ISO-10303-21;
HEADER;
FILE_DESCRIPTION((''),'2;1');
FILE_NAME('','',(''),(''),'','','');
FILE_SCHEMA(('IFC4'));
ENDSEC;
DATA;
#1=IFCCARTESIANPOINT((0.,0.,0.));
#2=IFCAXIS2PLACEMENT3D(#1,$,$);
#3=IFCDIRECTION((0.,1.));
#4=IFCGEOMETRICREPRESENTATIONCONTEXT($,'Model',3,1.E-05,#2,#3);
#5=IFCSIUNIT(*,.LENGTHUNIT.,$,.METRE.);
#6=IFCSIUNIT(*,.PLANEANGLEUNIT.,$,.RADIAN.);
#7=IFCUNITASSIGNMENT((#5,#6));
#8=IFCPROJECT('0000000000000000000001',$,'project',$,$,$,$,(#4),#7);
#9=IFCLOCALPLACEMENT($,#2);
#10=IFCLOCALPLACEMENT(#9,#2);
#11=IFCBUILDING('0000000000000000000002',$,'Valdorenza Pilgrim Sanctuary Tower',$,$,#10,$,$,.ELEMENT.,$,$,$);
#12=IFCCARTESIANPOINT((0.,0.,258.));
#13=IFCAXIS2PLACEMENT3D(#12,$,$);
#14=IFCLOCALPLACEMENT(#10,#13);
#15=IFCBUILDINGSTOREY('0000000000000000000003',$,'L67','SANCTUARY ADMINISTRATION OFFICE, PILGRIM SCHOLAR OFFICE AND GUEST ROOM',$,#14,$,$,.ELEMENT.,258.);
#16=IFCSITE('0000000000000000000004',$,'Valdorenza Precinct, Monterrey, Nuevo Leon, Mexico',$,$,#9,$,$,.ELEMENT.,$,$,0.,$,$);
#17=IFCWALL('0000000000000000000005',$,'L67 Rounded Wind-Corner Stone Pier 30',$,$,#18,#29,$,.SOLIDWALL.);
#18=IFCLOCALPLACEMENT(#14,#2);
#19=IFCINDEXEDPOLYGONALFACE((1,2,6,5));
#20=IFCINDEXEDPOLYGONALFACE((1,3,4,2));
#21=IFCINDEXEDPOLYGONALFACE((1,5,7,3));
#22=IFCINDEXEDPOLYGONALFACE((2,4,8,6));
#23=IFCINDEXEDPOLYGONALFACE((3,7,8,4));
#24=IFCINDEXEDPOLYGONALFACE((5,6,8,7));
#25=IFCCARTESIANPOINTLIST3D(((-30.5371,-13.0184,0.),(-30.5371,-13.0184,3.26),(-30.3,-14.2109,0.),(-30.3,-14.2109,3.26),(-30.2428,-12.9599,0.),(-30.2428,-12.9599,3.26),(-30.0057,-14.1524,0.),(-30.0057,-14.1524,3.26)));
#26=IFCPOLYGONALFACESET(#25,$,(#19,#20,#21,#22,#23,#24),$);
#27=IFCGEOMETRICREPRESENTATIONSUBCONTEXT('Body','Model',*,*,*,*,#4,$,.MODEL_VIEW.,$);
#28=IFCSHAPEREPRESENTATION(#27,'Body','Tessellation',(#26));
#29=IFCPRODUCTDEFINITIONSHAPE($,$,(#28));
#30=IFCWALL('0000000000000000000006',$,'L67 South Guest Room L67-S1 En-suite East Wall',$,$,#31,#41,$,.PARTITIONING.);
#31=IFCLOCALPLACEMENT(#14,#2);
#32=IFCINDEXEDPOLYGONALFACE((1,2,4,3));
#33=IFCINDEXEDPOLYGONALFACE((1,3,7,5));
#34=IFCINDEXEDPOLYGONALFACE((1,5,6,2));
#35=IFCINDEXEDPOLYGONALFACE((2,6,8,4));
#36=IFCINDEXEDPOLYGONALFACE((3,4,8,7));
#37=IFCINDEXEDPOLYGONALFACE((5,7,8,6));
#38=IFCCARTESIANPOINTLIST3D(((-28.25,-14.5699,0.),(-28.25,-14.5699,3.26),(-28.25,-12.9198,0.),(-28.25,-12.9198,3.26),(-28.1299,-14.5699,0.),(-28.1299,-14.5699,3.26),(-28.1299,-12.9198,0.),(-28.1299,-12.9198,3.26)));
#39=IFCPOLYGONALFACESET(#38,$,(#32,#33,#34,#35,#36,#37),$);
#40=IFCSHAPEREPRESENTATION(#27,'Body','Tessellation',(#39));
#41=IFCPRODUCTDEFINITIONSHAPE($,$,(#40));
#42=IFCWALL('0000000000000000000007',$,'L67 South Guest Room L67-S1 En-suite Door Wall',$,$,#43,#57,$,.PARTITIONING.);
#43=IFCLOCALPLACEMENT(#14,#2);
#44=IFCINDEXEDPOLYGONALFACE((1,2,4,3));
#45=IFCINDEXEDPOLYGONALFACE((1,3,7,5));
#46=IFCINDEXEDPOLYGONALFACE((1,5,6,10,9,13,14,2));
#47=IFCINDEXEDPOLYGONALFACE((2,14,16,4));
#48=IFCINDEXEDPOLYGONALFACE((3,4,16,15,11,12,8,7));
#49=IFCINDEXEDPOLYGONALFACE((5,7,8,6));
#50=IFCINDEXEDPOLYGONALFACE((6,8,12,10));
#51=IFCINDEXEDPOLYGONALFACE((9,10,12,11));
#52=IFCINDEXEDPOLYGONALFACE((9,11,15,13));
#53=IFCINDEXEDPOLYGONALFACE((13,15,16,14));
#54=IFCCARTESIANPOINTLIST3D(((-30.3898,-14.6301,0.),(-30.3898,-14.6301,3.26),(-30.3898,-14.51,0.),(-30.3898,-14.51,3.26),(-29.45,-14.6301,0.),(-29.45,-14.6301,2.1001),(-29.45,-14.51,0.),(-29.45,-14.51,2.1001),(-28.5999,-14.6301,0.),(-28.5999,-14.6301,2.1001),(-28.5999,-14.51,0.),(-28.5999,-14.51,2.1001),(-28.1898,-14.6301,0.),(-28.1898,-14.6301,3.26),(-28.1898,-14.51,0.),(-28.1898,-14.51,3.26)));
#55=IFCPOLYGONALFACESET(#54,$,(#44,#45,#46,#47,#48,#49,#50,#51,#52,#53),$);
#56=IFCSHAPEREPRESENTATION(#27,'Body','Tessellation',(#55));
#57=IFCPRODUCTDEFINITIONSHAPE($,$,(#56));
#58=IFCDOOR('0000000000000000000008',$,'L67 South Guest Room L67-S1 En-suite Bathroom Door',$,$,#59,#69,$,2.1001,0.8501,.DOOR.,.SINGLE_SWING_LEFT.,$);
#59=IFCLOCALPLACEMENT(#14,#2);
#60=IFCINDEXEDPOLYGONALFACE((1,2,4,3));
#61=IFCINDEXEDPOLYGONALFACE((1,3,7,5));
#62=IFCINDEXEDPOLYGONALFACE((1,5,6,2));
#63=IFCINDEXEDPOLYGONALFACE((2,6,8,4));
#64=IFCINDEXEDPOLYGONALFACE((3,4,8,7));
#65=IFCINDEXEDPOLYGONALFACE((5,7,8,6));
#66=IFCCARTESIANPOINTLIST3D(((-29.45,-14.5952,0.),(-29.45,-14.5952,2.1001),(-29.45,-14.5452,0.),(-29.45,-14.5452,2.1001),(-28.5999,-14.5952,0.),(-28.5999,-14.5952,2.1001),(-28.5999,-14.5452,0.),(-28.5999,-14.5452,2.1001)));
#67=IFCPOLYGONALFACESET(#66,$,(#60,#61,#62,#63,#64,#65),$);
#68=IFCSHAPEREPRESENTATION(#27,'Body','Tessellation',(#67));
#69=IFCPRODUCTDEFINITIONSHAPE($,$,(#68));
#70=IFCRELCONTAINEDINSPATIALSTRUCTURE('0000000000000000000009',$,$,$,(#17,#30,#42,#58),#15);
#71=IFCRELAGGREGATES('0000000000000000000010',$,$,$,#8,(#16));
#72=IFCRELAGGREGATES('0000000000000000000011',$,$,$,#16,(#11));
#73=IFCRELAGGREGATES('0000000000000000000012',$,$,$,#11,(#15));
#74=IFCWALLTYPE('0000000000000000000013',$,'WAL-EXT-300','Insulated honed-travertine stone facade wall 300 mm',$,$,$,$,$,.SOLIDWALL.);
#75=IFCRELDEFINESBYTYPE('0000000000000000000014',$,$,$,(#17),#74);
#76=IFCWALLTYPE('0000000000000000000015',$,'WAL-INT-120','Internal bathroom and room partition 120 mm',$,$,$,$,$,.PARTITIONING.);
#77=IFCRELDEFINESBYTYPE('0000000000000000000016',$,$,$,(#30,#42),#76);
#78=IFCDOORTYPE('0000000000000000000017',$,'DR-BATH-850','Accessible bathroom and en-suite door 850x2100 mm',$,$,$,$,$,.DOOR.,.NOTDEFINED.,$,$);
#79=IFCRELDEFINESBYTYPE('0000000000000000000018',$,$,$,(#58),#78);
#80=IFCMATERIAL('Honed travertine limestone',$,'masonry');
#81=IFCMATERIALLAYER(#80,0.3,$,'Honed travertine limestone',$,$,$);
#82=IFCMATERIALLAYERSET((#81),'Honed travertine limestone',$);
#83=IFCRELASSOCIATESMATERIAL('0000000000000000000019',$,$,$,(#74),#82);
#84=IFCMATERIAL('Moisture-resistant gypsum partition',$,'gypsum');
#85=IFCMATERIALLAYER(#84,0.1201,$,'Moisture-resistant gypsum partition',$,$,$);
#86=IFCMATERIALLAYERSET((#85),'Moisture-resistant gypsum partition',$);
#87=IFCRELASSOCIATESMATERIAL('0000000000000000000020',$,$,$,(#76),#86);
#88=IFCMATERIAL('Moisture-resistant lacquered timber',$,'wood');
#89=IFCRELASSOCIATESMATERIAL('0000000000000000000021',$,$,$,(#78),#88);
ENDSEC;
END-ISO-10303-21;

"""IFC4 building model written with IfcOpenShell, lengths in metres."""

from ifc_helpers import new_model, si_unit, direction, frame, frame_2d, origin, place, context, subcontext, project, spatial, rectangle, extrude, material, layer, layer_set, type_object, element, fill, save


model = new_model("IFC4")

# Units and contexts
model_context = context("Model", 3, precision=1e-05, world=origin(), true_north=direction((0.0, 1.0)))
body_context = subcontext(model_context, "Body", "Model", "MODEL_VIEW")
ifc_project = project(units=[si_unit("LENGTHUNIT", "METRE"), si_unit("PLANEANGLEUNIT", "RADIAN")], contexts=[model_context])

# Site, building, storey
site_placement = place(None, origin())
site = spatial("IfcSite", under=ifc_project, at=site_placement, Name="Valdorenza Precinct, Monterrey, Nuevo Leon, Mexico", CompositionType="ELEMENT", RefElevation=0.0)
building_placement = place(site_placement, origin())
building = spatial("IfcBuilding", under=site, at=building_placement, Name="Valdorenza Pilgrim Sanctuary Tower", CompositionType="ELEMENT")
storey_placement = place(building_placement, frame((0.0, 0.0, 258.0)))
storey = spatial("IfcBuildingStorey", under=building, at=storey_placement, Name="L67", Description="SANCTUARY ADMINISTRATION OFFICE, PILGRIM SCHOLAR OFFICE AND GUEST ROOM", CompositionType="ELEMENT", Elevation=258.0)

# Shared definitions
ifc_material_1 = material(Name="Honed travertine limestone", Category="masonry")

# Walls
ifc_layer_1 = layer(ifc_material_1, 0.3, Name="Honed travertine limestone")
ifc_layer_set_1 = layer_set([ifc_layer_1], Name="Honed travertine limestone")
wall_type_1 = type_object("IfcWallType", Name="WAL-EXT-300", Description="Insulated honed-travertine stone facade wall 300 mm", PredefinedType="SOLIDWALL", material=ifc_layer_set_1)
wall_1_placement = place(storey_placement, frame((-30.1528, -14.1816, 0.0), z_axis=(0.0, 0.0, 1.0), x_axis=(-0.194996, 0.980804, 0.0)))
element("IfcWall", 1, at=wall_1_placement, inside=storey, type_object=wall_type_1, Name="L67 Rounded Wind-Corner Stone Pier 30", PredefinedType="SOLIDWALL", context=body_context, shape_type="SweptSolid", body=[
    extrude(rectangle(XDim=1.2158, YDim=0.3, at=frame_2d((0.6079, 0.0))), origin(), (0.0, 0.0, 1.0), 3.26),
])
ifc_material_2 = material(Name="Moisture-resistant gypsum partition", Category="gypsum")
ifc_layer_2 = layer(ifc_material_2, 0.1201, Name="Moisture-resistant gypsum partition")
ifc_layer_set_2 = layer_set([ifc_layer_2], Name="Moisture-resistant gypsum partition")
wall_type_2 = type_object("IfcWallType", Name="WAL-INT-120", Description="Internal bathroom and room partition 120 mm", PredefinedType="PARTITIONING", material=ifc_layer_set_2)
wall_2_placement = place(storey_placement, frame((-28.1899, -14.5701, 0.0), z_axis=(0.0, 0.0, 1.0), x_axis=(0.0, 1.0, 0.0)))
element("IfcWall", 2, at=wall_2_placement, inside=storey, type_object=wall_type_2, Name="L67 South Guest Room L67-S1 En-suite East Wall", PredefinedType="PARTITIONING", context=body_context, shape_type="SweptSolid", body=[
    extrude(rectangle(XDim=1.6501, YDim=0.1201, at=frame_2d((0.8252, 0.0))), origin(), (0.0, 0.0, 1.0), 3.26),
])

# Wall, opening, door
wall_3_placement = place(storey_placement, frame((-30.3899, -14.5701, 0.0), z_axis=(0.0, 0.0, 1.0), x_axis=(1.0, 0.0, 0.0)))
wall_3 = element("IfcWall", 3, at=wall_3_placement, inside=storey, type_object=wall_type_2, Name="L67 South Guest Room L67-S1 En-suite Door Wall", PredefinedType="PARTITIONING", context=body_context, shape_type="SweptSolid", body=[
    extrude(rectangle(XDim=2.2, YDim=0.1201, at=frame_2d((1.1001, 0.0))), origin(), (0.0, 0.0, 1.0), 3.26),
])
opening_1_placement = place(wall_3_placement, frame((0.9399, 0.0, 0.0)))
opening_1 = element("IfcOpeningElement", 4, at=opening_1_placement, cuts=wall_3, PredefinedType="OPENING", context=body_context, shape_type="SweptSolid", body=[
    extrude(rectangle(XDim=0.8501, YDim=2.1001, at=frame_2d((0.425, 1.05))), frame((0.0, 0.075, 0.0), z_axis=(0.0, -1.0, 0.0), x_axis=(1.0, 0.0, 0.0)), (0.0, 0.0, 1.0), 0.1499),
])
ifc_material_3 = material(Name="Moisture-resistant lacquered timber", Category="wood")
door_type_1 = type_object("IfcDoorType", Name="DR-BATH-850", Description="Accessible bathroom and en-suite door 850x2100 mm", OperationType="NOTDEFINED", PredefinedType="DOOR", material=ifc_material_3)
door_1_placement = place(opening_1_placement, origin())
door_1 = element("IfcDoor", 5, at=door_1_placement, inside=storey, type_object=door_type_1, Name="L67 South Guest Room L67-S1 En-suite Bathroom Door", OperationType="SINGLE_SWING_LEFT", OverallHeight=2.1001, OverallWidth=0.8501, PredefinedType="DOOR", context=body_context, shape_type="SweptSolid", body=[
    extrude(rectangle(XDim=0.8501, YDim=2.1001, at=frame_2d((0.425, 1.05))), frame((0.0, 0.0249, 0.0), z_axis=(0.0, -1.0, 0.0), x_axis=(1.0, 0.0, 0.0)), (0.0, 0.0, 1.0), 0.05),
])
fill(opening_1, door_1)

save(model, "model.ifc")
